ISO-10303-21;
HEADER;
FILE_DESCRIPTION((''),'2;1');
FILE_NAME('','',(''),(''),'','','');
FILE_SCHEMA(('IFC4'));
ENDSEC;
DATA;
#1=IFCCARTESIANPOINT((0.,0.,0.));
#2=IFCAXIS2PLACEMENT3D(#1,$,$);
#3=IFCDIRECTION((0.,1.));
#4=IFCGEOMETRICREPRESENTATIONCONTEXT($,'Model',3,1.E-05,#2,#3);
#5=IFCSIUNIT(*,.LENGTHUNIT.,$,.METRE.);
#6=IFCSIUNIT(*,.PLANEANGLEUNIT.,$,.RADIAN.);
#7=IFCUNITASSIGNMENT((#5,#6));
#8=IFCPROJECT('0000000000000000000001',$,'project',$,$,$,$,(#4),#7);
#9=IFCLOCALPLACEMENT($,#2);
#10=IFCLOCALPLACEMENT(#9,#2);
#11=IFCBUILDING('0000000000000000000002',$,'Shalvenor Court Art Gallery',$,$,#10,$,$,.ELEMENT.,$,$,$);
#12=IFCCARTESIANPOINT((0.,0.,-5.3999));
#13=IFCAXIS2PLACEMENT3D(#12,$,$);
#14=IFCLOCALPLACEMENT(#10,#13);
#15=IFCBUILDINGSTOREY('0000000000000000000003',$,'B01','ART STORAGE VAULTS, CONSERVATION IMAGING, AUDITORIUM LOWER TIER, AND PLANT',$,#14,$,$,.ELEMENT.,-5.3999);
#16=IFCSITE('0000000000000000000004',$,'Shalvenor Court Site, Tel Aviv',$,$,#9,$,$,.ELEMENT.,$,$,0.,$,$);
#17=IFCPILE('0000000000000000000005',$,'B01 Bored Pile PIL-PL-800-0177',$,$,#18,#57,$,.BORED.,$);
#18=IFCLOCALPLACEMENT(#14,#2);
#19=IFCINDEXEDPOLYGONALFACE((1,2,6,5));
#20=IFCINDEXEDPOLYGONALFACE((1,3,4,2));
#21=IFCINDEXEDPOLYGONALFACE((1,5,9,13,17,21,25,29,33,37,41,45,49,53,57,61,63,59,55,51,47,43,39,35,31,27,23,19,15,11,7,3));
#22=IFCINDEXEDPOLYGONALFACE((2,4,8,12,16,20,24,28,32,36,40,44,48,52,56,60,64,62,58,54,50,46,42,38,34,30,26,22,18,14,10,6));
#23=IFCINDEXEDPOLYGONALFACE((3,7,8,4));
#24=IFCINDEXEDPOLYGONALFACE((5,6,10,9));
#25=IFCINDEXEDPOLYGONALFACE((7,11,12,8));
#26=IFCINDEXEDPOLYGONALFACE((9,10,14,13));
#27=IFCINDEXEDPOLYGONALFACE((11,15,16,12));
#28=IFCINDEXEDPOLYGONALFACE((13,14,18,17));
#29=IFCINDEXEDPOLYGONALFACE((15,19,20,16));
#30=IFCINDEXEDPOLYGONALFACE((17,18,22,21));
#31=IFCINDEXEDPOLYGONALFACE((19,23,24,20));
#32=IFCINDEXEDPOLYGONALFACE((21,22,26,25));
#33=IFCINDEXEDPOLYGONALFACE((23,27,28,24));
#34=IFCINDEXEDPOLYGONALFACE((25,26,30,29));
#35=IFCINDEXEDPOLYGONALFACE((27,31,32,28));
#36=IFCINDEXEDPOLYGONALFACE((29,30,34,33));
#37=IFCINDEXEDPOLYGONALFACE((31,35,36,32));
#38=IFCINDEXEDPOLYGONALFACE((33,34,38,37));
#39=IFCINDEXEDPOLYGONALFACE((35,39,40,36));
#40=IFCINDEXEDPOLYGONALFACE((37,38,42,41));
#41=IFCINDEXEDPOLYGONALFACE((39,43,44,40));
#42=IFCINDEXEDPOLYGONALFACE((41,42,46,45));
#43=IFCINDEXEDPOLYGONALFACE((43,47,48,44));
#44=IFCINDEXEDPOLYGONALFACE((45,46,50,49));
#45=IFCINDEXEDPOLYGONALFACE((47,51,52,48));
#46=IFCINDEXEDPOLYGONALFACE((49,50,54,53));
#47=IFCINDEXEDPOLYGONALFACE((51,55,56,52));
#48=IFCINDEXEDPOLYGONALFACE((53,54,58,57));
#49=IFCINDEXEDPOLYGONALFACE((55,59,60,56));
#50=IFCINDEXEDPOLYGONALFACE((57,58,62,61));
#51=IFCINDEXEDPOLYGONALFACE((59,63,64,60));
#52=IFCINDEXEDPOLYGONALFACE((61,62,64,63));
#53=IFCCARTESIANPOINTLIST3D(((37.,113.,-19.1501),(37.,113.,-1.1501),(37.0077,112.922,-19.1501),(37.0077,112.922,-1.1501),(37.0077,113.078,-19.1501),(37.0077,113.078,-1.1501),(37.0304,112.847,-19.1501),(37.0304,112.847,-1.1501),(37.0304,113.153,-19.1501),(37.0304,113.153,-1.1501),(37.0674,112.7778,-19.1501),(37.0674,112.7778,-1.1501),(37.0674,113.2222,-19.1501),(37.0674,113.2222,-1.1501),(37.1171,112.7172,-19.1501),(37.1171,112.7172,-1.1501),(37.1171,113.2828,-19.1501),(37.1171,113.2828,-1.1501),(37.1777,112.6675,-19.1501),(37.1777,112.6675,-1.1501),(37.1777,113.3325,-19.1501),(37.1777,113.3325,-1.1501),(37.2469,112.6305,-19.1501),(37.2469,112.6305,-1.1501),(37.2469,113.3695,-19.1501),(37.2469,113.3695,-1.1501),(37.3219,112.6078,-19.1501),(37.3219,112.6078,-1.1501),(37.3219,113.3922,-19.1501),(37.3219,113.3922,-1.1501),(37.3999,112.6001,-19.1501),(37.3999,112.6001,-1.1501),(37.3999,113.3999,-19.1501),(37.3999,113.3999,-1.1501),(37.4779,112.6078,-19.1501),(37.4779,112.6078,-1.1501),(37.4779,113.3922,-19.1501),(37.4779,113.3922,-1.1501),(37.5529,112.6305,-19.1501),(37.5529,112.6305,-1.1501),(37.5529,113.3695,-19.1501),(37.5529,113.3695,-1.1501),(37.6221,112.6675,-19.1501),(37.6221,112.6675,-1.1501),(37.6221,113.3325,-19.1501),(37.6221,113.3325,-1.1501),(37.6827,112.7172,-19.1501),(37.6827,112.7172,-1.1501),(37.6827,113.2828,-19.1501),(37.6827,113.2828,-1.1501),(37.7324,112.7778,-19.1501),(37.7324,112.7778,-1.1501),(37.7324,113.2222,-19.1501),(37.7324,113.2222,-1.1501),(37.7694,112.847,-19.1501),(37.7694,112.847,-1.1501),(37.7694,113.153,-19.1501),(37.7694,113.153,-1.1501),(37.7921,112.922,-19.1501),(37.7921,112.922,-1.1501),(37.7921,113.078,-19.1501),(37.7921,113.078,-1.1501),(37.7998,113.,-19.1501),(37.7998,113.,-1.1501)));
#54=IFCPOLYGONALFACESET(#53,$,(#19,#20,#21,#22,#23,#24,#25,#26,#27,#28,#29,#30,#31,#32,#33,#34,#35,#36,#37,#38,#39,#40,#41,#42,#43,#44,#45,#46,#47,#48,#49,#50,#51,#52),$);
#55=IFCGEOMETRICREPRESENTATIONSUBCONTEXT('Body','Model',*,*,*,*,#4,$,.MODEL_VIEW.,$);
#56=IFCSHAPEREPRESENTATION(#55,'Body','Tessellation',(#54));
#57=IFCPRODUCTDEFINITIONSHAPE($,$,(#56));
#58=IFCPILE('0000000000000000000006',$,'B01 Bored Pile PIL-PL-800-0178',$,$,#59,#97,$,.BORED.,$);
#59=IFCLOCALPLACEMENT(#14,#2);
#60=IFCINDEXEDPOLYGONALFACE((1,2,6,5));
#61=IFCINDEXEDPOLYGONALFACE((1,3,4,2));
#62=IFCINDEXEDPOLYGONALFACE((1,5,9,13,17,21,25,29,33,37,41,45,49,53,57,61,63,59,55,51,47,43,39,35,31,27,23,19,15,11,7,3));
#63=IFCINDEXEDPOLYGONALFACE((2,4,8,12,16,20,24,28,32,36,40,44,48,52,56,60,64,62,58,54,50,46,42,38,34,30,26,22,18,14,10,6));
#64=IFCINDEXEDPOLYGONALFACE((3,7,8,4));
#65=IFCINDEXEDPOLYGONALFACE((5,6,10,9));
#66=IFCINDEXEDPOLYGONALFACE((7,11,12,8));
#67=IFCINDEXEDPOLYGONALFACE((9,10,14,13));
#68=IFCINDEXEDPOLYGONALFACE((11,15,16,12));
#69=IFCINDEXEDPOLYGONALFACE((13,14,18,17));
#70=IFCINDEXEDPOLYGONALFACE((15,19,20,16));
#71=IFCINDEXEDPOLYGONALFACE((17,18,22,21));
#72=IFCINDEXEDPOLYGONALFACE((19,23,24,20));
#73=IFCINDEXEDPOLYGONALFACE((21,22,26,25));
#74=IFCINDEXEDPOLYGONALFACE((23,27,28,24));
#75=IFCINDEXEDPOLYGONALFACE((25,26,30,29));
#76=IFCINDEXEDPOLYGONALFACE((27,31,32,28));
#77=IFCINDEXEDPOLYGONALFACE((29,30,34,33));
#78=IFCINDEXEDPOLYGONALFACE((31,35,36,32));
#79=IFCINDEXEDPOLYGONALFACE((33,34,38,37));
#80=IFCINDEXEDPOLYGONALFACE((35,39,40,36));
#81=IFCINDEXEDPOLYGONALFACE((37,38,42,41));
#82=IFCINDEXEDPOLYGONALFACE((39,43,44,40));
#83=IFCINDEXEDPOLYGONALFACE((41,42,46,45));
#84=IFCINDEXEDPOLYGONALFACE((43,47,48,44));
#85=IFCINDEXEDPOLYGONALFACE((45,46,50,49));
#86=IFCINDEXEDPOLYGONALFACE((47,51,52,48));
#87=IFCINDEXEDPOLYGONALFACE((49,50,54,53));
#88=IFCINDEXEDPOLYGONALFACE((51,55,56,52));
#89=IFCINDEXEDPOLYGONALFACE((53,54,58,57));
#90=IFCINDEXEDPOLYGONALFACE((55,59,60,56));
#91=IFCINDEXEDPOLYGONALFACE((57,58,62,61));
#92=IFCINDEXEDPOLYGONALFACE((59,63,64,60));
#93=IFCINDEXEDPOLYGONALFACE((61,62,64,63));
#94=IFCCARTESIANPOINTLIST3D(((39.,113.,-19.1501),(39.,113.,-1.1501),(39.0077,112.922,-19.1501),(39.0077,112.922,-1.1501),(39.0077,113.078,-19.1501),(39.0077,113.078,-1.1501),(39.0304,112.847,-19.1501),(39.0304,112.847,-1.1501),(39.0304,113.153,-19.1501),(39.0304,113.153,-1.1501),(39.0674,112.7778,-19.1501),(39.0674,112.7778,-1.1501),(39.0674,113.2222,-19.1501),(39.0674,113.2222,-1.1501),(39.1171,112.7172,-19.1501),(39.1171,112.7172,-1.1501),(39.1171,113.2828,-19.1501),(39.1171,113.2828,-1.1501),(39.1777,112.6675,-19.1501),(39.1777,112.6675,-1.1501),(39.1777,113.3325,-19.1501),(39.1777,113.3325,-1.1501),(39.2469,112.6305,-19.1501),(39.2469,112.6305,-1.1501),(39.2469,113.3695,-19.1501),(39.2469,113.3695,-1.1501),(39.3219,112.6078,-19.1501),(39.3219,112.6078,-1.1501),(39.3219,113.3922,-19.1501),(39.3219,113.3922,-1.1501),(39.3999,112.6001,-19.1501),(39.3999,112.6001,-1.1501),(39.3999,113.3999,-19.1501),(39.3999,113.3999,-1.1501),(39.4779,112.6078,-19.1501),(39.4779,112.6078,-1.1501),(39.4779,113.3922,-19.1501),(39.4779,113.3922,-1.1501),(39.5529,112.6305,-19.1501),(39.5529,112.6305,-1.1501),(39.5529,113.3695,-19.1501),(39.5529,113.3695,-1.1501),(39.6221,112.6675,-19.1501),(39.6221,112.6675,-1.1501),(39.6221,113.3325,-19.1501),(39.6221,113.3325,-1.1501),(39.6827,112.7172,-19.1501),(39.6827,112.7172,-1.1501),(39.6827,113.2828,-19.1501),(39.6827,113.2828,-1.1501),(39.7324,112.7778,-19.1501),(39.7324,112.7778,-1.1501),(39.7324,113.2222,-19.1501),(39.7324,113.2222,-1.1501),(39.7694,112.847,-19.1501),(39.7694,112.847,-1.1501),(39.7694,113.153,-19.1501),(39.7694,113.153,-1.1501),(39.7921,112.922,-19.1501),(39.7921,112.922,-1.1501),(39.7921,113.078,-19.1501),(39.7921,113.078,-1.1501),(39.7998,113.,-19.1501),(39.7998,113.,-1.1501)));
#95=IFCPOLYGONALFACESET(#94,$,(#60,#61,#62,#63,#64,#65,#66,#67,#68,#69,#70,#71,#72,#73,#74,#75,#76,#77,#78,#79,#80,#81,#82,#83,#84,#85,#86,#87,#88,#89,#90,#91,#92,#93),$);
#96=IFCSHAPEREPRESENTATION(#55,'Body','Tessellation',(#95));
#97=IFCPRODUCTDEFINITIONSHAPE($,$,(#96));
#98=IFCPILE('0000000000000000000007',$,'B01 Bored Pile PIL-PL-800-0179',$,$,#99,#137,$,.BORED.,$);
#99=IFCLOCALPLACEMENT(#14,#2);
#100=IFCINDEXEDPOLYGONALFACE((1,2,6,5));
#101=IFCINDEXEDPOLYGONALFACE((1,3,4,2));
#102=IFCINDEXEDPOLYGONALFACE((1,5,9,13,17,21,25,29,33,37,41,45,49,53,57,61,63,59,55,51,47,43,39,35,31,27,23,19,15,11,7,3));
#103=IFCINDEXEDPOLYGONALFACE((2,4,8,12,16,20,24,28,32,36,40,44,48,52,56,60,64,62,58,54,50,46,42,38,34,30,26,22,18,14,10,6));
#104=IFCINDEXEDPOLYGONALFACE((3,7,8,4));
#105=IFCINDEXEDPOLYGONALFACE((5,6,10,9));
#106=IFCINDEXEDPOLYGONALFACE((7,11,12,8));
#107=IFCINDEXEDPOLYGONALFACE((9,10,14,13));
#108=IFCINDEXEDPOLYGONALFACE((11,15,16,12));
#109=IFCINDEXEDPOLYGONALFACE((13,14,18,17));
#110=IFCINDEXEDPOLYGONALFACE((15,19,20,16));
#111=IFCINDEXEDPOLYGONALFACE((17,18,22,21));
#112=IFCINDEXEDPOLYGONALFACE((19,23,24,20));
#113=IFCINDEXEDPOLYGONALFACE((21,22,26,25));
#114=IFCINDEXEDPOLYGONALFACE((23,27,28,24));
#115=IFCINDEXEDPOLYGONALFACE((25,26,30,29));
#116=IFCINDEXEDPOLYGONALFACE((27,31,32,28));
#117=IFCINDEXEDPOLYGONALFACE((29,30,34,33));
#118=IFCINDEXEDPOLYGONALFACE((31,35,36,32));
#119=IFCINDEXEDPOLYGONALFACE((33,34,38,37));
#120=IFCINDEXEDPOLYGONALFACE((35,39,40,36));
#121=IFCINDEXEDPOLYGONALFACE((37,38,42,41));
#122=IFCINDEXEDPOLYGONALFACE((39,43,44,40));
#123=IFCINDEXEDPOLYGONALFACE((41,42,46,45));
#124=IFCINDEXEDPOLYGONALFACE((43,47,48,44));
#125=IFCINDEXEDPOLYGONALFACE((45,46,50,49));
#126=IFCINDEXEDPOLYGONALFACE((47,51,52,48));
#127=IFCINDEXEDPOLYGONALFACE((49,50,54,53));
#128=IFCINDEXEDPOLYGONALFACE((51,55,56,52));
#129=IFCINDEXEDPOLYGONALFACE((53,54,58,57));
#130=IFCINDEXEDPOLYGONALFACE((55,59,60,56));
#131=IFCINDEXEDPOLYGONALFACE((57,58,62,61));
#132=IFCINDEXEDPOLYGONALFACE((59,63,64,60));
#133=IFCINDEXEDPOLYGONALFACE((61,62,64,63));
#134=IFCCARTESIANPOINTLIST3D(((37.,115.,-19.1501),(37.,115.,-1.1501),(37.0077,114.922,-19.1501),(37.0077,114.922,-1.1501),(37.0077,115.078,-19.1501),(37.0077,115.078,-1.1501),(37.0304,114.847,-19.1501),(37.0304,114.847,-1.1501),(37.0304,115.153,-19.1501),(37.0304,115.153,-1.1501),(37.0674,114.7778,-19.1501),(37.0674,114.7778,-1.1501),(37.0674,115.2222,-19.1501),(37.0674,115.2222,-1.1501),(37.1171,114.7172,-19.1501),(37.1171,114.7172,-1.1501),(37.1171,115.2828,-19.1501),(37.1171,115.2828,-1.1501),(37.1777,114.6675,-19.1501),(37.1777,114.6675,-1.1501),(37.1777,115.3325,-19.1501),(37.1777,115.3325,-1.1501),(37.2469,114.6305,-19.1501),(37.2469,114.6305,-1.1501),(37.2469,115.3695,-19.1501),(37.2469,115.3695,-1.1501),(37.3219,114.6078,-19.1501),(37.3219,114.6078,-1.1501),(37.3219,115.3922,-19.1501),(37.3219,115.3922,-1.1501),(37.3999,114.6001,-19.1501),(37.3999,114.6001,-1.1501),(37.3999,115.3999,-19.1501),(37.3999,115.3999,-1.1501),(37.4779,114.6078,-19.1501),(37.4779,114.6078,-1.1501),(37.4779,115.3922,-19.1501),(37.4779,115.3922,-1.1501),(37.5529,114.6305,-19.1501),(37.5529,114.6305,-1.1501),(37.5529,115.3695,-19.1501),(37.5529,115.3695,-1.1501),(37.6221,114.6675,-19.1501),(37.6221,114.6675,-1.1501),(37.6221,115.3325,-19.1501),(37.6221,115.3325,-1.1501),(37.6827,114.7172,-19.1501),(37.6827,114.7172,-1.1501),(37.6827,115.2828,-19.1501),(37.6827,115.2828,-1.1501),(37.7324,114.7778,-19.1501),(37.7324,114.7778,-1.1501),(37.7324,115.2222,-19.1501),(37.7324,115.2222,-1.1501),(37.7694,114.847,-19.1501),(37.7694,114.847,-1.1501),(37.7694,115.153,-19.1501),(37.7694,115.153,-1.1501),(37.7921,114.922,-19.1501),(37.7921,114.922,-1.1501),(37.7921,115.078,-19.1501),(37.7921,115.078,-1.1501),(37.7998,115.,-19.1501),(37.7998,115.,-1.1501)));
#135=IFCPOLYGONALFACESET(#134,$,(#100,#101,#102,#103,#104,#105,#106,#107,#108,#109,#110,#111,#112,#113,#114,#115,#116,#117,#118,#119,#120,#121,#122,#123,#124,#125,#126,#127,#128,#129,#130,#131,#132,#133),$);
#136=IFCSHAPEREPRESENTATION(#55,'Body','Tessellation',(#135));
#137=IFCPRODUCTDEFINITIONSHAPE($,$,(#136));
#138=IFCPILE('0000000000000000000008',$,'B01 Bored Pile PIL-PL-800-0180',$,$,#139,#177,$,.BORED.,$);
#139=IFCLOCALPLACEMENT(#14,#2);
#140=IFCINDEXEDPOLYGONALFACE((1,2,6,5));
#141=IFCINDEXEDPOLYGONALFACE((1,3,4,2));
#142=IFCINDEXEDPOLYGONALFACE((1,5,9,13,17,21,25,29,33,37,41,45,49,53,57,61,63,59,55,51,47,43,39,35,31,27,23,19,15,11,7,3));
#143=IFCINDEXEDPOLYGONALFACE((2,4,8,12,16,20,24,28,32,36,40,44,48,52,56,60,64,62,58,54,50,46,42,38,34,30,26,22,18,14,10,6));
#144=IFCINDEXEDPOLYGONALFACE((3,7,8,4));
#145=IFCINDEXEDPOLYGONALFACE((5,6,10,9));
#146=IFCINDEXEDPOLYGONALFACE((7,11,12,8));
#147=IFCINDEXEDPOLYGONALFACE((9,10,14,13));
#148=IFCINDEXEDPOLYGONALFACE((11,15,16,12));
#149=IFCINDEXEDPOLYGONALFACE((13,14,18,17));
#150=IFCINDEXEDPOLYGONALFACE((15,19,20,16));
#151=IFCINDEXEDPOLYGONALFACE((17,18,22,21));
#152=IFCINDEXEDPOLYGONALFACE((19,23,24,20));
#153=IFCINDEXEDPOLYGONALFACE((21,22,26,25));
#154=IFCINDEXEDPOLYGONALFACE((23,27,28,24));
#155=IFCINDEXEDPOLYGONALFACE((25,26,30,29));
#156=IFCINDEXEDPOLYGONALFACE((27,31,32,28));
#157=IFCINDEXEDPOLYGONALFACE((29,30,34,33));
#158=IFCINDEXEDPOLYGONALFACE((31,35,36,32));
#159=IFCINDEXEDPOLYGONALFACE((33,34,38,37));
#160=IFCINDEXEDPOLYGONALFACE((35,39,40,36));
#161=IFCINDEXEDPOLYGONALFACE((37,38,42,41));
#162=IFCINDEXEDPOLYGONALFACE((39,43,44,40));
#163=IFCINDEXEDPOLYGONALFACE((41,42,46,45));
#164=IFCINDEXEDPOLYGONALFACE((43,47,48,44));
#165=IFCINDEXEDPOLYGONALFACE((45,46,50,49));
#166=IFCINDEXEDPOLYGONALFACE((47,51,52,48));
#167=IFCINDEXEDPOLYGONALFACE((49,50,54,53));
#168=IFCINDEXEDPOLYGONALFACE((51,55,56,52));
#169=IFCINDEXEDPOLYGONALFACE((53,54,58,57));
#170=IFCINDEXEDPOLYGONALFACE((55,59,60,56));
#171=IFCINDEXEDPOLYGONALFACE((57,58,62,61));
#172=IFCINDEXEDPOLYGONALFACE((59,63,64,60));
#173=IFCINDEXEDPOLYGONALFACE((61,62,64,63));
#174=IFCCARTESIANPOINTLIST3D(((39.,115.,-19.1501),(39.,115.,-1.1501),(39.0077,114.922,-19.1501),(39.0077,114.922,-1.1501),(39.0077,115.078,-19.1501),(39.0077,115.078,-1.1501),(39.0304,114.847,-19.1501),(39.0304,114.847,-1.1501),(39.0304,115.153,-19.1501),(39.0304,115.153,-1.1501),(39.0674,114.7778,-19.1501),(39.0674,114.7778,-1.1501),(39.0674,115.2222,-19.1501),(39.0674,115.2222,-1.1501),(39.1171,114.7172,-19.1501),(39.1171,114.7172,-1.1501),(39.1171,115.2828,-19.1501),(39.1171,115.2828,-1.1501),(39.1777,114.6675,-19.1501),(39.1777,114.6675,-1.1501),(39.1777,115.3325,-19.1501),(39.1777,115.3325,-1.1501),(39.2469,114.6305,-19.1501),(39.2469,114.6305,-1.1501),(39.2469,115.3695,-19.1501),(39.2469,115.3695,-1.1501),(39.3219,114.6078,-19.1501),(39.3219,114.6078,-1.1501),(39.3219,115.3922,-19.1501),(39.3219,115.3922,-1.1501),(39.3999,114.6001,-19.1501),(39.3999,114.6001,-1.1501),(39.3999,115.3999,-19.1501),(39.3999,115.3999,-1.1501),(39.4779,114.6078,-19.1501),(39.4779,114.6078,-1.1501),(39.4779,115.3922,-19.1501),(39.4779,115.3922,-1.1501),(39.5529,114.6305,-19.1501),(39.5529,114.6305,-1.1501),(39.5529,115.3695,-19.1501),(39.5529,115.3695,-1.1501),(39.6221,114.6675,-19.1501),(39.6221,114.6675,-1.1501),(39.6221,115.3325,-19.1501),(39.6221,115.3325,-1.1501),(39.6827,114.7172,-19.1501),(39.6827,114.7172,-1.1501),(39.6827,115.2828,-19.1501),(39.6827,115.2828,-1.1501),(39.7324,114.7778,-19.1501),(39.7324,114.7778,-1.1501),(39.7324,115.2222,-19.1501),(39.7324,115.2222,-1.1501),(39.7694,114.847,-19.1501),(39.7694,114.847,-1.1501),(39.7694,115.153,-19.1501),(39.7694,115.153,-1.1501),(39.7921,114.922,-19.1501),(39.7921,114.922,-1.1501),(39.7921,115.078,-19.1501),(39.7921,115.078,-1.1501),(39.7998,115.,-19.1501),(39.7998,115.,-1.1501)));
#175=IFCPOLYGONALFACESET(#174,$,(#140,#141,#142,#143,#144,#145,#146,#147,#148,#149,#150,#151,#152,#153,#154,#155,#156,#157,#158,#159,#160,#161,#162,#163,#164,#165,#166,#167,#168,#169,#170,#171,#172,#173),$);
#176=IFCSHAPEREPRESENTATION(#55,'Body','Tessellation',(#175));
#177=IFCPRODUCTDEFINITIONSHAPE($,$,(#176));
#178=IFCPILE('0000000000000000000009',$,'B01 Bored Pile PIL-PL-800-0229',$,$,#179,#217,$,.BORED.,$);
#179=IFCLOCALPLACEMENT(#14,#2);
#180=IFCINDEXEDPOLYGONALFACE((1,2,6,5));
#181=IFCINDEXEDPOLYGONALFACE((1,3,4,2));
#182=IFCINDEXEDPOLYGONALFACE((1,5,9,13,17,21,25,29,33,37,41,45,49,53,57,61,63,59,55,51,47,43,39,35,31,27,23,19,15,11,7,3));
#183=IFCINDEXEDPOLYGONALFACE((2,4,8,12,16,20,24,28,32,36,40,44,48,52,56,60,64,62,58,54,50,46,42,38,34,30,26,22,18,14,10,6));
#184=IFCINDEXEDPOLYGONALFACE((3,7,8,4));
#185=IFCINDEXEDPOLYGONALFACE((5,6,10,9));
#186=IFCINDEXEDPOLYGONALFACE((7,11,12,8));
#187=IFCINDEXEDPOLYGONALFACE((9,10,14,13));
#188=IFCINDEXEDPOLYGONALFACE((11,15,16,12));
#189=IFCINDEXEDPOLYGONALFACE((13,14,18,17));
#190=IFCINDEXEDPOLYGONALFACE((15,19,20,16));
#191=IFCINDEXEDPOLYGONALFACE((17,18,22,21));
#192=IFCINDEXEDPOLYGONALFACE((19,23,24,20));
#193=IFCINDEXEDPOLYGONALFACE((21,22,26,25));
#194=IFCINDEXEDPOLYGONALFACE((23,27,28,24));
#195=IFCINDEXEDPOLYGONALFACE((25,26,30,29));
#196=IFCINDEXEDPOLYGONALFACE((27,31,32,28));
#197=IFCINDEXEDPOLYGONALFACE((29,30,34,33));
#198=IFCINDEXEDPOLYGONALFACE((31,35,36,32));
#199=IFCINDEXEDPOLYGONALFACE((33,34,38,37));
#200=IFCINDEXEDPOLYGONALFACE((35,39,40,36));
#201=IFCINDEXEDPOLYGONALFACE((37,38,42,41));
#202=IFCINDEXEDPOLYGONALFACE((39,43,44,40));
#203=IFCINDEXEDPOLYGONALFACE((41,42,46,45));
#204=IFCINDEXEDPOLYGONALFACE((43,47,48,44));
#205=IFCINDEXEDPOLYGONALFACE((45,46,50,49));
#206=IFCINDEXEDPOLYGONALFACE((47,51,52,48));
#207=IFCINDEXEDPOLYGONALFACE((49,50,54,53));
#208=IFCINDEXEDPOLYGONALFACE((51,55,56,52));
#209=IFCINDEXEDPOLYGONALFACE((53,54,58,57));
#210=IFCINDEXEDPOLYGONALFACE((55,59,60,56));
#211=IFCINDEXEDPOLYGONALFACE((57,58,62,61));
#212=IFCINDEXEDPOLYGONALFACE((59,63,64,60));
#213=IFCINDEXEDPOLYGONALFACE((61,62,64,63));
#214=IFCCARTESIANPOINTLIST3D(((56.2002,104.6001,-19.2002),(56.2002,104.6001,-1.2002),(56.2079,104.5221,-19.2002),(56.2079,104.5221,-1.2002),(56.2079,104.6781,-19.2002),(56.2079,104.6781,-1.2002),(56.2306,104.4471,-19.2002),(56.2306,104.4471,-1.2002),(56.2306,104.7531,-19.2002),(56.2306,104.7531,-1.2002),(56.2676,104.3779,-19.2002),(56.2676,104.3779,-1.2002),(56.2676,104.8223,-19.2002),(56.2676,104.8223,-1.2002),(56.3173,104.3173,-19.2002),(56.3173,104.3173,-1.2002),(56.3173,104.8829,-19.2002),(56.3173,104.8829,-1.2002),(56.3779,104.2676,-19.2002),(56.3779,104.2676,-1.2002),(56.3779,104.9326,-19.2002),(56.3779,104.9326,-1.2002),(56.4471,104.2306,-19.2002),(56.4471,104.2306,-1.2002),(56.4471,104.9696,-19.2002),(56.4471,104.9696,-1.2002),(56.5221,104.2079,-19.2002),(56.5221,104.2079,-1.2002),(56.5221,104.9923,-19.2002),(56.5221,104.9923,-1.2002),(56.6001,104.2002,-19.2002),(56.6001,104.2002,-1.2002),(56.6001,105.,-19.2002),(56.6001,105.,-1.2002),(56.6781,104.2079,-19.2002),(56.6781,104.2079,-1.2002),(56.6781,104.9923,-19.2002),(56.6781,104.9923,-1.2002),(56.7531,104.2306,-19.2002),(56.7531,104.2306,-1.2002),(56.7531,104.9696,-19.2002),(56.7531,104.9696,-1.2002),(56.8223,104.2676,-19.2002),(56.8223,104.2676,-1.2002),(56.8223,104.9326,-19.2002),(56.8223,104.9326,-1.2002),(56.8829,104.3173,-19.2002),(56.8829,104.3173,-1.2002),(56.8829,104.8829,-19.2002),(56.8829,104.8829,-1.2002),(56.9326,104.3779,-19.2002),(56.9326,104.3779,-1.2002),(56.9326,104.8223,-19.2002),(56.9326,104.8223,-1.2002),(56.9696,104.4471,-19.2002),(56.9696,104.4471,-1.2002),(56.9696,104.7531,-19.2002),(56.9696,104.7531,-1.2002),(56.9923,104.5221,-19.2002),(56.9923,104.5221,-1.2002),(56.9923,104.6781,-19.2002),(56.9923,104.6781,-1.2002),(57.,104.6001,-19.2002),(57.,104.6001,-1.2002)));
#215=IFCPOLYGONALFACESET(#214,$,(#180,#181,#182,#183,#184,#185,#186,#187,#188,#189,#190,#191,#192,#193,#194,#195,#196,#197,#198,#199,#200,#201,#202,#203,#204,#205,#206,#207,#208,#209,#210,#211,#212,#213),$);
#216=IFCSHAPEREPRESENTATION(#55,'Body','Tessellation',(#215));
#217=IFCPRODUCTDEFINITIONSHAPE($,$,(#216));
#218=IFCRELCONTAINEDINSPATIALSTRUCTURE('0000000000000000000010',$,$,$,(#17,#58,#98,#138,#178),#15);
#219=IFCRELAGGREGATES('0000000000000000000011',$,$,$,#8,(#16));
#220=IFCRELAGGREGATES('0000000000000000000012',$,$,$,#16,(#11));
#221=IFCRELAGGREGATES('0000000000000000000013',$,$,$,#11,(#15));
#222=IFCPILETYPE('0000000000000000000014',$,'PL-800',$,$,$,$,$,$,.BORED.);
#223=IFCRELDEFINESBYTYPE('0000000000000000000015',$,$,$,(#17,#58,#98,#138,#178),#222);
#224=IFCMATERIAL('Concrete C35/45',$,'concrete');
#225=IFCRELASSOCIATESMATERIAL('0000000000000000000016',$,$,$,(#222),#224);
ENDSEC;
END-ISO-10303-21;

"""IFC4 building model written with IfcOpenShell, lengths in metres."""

from ifc_helpers import new_model, si_unit, direction, frame, origin, origin_2d, place, context, subcontext, project, spatial, circle, extrude, material, material_profile, profile_set, type_object, element, save


model = new_model("IFC4")

# Units and contexts
model_context = context("Model", 3, precision=1e-05, world=origin(), true_north=direction((0.0, 1.0)))
body_context = subcontext(model_context, "Body", "Model", "MODEL_VIEW")
ifc_project = project(units=[si_unit("LENGTHUNIT", "METRE"), si_unit("PLANEANGLEUNIT", "RADIAN")], contexts=[model_context])

# Site, building, storey
site_placement = place(None, origin())
site = spatial("IfcSite", under=ifc_project, at=site_placement, Name="Shalvenor Court Site, Tel Aviv", CompositionType="ELEMENT", RefElevation=0.0)
building_placement = place(site_placement, origin())
building = spatial("IfcBuilding", under=site, at=building_placement, Name="Shalvenor Court Art Gallery", CompositionType="ELEMENT")
storey_placement = place(building_placement, frame((0.0, 0.0, -5.3999)))
storey = spatial("IfcBuildingStorey", under=building, at=storey_placement, Name="B01", Description="ART STORAGE VAULTS, CONSERVATION IMAGING, AUDITORIUM LOWER TIER, AND PLANT", CompositionType="ELEMENT", Elevation=-5.3999)

# Piles
ifc_material_1 = material(Name="Concrete C35/45", Category="concrete")
ifc_material_profile_1 = material_profile(ifc_material_1, circle(Radius=0.3999, at=origin_2d()), Name="PILE 800")
ifc_profile_set_1 = profile_set([ifc_material_profile_1], Name="Concrete C35/45")
pile_type_1 = type_object("IfcPileType", Name="PL-800", PredefinedType="BORED", material=ifc_profile_set_1)
for number, where, z_axis, x_axis, name in (
    (1, (37.3999, 113.0, -1.1501), (0.0, 0.0, -1.0), (1.0, 0.0, 0.0), "B01 Bored Pile PIL-PL-800-0177"),
    (2, (39.3999, 113.0, -1.1501), (0.0, 0.0, -1.0), (1.0, 0.0, 0.0), "B01 Bored Pile PIL-PL-800-0178"),
    (3, (37.3999, 115.0, -1.1501), (0.0, 0.0, -1.0), (1.0, 0.0, 0.0), "B01 Bored Pile PIL-PL-800-0179"),
    (4, (39.3999, 115.0, -1.1501), (0.0, 0.0, -1.0), (1.0, 0.0, 0.0), "B01 Bored Pile PIL-PL-800-0180"),
    (5, (56.6001, 104.6001, -1.2002), (0.0, 0.0, -1.0), (1.0, 0.0, 0.0), "B01 Bored Pile PIL-PL-800-0229"),
):
    element("IfcPile", number, at=place(storey_placement, frame(where, z_axis=z_axis, x_axis=x_axis)), inside=storey, type_object=pile_type_1, Name=name, PredefinedType="BORED", context=body_context, shape_type="SweptSolid", body=[
        extrude(circle(Radius=0.3999, at=origin_2d()), origin(), (0.0, 0.0, 1.0), 18.0),
    ])

save(model, "model.ifc")
